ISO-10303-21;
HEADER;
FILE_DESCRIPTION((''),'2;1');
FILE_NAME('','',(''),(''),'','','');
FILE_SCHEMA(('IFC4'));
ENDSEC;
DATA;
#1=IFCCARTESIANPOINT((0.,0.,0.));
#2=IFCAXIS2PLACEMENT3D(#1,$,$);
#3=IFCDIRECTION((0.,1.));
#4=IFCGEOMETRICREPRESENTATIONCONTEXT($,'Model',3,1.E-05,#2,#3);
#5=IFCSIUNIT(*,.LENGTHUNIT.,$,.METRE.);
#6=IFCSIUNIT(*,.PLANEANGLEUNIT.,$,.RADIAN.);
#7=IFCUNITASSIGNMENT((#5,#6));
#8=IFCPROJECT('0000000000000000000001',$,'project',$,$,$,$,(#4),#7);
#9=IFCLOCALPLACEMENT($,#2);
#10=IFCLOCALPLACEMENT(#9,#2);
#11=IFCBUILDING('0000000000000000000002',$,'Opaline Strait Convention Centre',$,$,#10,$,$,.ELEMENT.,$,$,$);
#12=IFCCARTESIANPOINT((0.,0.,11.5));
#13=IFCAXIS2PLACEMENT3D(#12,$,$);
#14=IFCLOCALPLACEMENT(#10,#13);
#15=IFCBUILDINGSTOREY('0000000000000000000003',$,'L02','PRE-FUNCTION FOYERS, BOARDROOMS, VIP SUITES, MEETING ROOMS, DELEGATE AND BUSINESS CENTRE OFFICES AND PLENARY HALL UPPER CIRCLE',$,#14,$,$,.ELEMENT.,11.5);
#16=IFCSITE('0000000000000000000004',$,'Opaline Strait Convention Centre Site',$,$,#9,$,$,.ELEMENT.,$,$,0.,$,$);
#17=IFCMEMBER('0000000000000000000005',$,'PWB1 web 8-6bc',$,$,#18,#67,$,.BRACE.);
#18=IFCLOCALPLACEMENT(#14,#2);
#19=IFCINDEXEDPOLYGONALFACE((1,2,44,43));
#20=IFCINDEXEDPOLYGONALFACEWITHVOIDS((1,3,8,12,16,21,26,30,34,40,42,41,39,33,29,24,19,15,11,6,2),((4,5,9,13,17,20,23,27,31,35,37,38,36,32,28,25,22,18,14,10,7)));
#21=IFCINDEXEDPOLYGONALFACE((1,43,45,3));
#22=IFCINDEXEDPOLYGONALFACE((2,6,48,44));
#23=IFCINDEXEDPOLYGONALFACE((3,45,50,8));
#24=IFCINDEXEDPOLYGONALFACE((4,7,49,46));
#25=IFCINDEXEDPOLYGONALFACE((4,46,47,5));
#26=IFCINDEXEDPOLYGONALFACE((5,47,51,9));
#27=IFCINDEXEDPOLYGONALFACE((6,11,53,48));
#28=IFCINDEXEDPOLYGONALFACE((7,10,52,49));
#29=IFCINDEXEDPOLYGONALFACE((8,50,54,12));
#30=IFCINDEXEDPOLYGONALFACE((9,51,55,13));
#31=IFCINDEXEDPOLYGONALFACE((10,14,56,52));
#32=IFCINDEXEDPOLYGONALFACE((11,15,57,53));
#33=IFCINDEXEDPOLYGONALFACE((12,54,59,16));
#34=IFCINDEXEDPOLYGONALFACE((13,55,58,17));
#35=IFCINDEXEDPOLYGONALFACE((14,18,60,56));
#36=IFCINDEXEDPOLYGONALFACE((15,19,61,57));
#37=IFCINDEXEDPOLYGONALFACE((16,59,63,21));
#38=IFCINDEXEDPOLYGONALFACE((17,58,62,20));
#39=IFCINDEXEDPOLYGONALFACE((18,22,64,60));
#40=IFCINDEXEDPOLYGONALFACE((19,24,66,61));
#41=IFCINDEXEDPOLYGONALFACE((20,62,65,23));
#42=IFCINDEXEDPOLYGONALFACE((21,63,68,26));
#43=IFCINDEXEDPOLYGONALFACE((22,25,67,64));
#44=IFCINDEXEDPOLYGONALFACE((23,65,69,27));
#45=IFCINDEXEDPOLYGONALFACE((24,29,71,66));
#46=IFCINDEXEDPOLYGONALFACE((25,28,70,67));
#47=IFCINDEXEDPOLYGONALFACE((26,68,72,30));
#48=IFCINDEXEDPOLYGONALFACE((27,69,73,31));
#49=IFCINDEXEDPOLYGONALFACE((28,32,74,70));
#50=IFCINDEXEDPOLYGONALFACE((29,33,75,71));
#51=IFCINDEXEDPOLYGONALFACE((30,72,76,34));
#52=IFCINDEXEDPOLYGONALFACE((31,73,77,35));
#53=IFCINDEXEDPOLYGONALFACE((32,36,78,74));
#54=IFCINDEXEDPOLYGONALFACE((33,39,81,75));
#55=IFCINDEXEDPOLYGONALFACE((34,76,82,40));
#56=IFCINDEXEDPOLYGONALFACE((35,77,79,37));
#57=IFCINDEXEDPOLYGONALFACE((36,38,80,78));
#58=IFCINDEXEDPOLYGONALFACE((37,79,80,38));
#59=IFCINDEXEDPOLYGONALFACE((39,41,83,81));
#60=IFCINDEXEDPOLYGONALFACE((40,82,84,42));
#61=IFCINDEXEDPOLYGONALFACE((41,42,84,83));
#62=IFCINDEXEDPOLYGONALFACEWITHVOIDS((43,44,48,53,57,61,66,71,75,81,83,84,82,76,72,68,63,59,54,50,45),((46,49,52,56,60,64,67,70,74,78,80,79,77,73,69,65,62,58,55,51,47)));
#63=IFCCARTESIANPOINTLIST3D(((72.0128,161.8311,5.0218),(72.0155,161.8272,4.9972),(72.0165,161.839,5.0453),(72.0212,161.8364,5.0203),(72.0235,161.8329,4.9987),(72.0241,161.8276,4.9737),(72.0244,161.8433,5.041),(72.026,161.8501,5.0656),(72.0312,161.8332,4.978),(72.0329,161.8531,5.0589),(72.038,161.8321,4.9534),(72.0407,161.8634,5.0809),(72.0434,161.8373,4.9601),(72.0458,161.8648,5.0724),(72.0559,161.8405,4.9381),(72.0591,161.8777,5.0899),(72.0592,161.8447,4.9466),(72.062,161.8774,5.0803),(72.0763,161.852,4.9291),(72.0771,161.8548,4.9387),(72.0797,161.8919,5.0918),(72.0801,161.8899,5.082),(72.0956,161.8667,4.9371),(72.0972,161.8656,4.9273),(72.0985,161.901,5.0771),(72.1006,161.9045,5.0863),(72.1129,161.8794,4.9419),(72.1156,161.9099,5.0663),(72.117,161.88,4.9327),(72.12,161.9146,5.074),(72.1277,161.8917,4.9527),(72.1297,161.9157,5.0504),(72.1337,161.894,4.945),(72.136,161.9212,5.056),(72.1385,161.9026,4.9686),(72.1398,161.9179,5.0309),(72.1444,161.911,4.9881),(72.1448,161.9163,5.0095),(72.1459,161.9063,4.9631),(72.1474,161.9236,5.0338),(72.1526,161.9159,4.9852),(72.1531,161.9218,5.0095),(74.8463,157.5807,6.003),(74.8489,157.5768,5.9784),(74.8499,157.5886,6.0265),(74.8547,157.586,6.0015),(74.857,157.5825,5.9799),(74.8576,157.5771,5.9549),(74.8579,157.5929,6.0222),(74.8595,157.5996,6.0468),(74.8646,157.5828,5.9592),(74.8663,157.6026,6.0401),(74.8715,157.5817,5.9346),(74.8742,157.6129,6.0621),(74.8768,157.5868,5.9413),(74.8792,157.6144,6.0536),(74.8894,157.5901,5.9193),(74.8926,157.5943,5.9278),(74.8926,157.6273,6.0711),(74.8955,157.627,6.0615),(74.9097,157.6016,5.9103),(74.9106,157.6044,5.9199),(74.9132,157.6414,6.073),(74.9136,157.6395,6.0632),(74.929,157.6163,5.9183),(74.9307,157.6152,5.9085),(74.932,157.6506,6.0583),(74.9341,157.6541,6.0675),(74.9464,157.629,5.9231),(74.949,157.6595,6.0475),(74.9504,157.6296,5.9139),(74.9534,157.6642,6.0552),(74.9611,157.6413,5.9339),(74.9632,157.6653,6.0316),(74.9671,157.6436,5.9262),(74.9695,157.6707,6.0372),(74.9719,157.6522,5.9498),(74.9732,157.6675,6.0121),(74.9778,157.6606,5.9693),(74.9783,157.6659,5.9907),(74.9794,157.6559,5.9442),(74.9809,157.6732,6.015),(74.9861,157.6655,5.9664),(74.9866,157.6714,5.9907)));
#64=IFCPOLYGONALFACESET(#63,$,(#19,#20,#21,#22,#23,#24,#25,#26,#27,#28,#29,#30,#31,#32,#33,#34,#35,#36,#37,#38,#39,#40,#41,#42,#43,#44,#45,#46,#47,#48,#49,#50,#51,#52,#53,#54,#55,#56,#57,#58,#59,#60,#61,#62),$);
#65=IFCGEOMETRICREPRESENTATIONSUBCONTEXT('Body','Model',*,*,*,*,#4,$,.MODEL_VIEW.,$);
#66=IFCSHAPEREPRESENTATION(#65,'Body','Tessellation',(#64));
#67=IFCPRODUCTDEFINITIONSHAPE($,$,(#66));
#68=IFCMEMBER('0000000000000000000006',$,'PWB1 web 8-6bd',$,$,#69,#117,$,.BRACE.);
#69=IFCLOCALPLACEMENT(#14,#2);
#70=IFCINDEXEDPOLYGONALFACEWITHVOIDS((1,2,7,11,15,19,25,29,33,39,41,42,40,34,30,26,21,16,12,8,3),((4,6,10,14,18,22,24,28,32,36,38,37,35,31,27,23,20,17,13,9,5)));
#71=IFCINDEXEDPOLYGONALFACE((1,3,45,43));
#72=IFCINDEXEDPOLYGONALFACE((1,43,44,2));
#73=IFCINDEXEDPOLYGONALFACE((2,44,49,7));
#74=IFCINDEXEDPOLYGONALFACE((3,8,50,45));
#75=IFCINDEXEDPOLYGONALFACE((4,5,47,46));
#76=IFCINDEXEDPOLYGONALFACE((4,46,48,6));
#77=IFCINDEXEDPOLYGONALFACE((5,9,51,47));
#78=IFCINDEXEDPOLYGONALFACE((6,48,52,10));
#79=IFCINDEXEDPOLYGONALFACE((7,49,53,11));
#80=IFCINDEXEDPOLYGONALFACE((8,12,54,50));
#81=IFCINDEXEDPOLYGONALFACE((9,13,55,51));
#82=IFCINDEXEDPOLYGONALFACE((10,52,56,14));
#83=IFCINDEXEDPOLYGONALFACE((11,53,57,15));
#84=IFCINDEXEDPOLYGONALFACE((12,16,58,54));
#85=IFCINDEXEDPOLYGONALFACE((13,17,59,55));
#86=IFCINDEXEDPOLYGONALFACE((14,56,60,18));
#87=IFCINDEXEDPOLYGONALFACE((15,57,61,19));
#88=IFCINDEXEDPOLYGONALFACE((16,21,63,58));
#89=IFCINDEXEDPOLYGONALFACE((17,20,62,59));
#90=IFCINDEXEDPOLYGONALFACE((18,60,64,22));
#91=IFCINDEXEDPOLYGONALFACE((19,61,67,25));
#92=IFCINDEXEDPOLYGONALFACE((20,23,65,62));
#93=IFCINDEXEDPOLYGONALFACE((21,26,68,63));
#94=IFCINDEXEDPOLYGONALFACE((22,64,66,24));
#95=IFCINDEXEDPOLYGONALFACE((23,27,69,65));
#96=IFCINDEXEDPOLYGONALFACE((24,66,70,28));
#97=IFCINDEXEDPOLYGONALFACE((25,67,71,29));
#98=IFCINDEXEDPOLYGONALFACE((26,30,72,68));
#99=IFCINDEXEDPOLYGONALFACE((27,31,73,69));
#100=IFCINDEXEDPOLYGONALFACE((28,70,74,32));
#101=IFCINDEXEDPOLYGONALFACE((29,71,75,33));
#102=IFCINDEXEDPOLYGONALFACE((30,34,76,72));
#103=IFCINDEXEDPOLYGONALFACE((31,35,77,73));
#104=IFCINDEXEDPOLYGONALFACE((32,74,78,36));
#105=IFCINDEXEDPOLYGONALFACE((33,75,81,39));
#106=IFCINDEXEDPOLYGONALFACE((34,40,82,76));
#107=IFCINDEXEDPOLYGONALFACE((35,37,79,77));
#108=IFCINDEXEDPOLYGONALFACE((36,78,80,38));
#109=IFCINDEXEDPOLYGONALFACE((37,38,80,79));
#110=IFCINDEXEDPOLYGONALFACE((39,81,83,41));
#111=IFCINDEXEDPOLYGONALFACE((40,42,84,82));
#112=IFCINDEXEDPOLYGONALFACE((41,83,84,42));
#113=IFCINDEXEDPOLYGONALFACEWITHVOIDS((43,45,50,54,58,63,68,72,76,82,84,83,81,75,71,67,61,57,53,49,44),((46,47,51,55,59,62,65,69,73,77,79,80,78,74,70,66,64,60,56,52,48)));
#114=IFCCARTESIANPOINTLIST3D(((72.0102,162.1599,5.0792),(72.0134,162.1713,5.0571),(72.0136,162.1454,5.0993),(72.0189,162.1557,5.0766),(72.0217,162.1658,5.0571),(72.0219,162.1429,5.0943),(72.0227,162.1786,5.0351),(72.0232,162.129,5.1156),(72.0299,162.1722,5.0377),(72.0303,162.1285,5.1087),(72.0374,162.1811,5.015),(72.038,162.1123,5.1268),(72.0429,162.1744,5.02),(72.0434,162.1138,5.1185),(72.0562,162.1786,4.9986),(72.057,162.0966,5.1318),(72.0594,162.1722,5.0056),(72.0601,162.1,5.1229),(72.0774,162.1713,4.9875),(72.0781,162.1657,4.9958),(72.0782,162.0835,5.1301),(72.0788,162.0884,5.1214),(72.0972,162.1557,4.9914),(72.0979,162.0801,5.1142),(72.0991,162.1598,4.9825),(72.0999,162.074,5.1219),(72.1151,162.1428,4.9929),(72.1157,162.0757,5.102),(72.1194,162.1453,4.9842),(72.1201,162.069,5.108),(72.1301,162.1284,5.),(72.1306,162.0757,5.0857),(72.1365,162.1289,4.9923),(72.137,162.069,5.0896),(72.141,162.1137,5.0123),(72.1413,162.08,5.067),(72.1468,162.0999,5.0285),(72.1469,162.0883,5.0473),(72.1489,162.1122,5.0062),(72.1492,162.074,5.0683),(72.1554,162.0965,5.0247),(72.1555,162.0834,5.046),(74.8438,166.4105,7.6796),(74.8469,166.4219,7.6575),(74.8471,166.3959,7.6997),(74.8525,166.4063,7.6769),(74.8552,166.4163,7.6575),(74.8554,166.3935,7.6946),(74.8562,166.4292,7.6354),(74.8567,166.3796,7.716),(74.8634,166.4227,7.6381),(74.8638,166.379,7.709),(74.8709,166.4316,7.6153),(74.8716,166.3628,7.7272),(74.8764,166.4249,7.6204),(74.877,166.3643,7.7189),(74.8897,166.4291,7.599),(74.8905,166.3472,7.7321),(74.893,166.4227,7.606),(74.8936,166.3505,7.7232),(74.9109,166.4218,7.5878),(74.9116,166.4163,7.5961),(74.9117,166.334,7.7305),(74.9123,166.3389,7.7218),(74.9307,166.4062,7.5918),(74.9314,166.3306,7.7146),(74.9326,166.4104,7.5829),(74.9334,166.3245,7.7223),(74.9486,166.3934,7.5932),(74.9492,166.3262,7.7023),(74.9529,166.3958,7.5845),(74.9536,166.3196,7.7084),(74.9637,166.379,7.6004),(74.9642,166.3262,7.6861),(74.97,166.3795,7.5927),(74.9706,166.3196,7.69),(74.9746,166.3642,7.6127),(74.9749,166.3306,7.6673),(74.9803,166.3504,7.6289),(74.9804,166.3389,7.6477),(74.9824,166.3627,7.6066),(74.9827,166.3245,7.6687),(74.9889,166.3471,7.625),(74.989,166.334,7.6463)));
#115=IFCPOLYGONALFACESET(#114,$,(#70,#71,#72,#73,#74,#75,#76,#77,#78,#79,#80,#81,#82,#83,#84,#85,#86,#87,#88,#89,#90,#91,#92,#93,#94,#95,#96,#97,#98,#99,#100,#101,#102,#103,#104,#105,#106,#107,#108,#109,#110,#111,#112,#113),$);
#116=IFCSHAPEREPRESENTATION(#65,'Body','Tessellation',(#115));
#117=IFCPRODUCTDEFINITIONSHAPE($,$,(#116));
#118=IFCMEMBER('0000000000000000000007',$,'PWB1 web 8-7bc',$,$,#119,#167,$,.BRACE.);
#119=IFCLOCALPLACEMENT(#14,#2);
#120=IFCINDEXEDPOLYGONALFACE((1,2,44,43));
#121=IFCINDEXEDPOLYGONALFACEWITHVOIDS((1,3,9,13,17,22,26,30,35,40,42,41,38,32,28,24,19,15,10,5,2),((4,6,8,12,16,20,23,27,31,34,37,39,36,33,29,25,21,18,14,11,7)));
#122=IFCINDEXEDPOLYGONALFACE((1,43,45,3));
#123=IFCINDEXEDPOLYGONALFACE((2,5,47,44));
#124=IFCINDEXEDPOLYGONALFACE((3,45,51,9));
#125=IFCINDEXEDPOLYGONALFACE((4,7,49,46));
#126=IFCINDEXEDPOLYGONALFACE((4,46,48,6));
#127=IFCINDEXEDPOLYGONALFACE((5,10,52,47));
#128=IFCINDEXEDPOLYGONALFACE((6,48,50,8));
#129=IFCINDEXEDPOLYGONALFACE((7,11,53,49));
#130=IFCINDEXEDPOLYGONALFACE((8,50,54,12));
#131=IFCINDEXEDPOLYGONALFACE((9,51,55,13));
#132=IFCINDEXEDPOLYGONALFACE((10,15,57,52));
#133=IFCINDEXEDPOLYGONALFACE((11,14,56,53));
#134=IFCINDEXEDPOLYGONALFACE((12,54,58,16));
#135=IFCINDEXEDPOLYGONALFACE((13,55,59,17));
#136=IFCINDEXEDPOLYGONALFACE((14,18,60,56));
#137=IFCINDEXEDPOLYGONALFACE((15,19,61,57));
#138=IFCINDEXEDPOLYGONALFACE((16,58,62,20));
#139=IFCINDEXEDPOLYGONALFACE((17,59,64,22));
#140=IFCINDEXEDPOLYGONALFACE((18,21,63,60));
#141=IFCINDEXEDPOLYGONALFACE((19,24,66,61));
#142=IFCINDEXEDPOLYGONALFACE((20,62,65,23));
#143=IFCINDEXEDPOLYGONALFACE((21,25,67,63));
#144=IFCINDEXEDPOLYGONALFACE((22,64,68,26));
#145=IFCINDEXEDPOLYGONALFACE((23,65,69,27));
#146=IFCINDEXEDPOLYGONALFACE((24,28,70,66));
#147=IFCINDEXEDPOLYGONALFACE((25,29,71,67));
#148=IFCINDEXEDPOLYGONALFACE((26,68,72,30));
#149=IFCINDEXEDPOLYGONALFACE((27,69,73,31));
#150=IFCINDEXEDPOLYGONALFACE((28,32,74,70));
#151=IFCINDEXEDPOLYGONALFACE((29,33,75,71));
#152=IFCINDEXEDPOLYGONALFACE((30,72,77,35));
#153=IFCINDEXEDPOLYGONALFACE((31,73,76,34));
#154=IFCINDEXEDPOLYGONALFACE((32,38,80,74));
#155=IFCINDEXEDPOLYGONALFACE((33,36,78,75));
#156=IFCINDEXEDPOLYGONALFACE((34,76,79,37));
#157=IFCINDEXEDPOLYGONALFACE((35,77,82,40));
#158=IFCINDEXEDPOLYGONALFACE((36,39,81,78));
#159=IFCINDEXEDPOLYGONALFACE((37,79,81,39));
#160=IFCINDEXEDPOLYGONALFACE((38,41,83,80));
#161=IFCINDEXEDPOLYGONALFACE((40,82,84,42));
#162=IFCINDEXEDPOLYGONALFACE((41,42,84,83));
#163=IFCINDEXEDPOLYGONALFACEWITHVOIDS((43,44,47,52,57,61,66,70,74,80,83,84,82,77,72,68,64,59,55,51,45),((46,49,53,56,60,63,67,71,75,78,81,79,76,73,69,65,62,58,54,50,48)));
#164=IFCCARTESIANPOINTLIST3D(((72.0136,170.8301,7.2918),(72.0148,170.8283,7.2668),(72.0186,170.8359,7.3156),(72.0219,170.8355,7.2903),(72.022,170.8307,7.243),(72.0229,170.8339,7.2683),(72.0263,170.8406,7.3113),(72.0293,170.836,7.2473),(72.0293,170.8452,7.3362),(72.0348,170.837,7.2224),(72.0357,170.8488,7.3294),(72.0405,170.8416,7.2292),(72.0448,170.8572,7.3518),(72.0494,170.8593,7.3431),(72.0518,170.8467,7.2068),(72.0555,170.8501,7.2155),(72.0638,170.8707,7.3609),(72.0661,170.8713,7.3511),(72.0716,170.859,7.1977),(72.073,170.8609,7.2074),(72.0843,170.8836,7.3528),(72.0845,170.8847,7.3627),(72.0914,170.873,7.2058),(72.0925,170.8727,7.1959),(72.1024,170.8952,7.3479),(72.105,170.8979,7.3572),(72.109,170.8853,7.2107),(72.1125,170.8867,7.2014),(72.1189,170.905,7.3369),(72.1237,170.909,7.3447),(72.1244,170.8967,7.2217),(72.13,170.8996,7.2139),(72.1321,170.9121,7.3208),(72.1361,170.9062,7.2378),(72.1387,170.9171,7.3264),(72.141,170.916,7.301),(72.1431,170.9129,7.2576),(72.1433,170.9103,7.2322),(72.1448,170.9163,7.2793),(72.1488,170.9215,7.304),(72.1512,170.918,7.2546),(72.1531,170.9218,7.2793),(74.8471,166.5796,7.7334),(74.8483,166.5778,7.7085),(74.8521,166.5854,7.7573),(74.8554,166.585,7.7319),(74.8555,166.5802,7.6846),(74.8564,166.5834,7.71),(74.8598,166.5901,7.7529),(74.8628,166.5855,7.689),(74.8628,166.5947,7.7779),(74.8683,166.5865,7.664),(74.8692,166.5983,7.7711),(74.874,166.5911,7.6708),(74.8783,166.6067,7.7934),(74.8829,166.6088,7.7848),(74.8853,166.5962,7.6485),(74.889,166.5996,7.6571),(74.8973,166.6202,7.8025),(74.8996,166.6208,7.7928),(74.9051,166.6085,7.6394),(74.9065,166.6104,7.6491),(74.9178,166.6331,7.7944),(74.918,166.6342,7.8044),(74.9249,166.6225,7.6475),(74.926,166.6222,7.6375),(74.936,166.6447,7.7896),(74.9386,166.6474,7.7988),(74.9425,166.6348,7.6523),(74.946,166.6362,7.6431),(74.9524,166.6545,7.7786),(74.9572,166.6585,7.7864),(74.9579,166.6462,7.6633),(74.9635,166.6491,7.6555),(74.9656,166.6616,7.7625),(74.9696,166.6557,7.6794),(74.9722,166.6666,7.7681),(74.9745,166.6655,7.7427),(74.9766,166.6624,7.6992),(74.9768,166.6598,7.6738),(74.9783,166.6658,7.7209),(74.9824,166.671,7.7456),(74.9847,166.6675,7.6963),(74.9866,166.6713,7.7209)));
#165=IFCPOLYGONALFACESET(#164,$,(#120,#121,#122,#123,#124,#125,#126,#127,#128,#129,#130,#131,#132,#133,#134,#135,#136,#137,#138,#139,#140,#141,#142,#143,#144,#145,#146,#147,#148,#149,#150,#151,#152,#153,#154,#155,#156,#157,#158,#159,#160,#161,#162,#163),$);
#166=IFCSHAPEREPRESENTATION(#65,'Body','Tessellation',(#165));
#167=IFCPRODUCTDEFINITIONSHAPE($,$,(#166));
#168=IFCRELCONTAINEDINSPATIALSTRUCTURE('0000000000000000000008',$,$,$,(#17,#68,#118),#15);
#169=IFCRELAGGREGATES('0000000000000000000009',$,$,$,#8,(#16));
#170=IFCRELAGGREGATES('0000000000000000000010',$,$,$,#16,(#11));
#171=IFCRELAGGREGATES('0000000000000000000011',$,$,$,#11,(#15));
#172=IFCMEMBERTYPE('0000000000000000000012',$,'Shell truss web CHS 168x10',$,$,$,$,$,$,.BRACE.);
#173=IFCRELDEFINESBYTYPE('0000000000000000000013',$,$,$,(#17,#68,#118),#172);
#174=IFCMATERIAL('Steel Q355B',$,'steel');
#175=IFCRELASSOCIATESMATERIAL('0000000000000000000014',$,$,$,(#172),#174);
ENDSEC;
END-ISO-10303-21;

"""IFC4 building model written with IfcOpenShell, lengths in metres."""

from ifc_helpers import new_model, si_unit, direction, frame, origin, origin_2d, place, context, subcontext, project, spatial, hollow_circle, extrude, material, material_profile, profile_set, type_object, element, save


model = new_model("IFC4")

# Units and contexts
model_context = context("Model", 3, precision=1e-05, world=origin(), true_north=direction((0.0, 1.0)))
body_context = subcontext(model_context, "Body", "Model", "MODEL_VIEW")
ifc_project = project(units=[si_unit("LENGTHUNIT", "METRE"), si_unit("PLANEANGLEUNIT", "RADIAN")], contexts=[model_context])

# Site, building, storey
site_placement = place(None, origin())
site = spatial("IfcSite", under=ifc_project, at=site_placement, Name="Opaline Strait Convention Centre Site", CompositionType="ELEMENT", RefElevation=0.0)
building_placement = place(site_placement, origin())
building = spatial("IfcBuilding", under=site, at=building_placement, Name="Opaline Strait Convention Centre", CompositionType="ELEMENT")
storey_placement = place(building_placement, frame((0.0, 0.0, 11.5)))
storey = spatial("IfcBuildingStorey", under=building, at=storey_placement, Name="L02", Description="PRE-FUNCTION FOYERS, BOARDROOMS, VIP SUITES, MEETING ROOMS, DELEGATE AND BUSINESS CENTRE OFFICES AND PLENARY HALL UPPER CIRCLE", CompositionType="ELEMENT", Elevation=11.5)

# Members
ifc_material_1 = material(Name="Steel Q355B", Category="steel")
ifc_material_profile_1 = material_profile(ifc_material_1, hollow_circle(Radius=0.084, WallThickness=0.01, at=origin_2d()), Name="CHS 168x10")
ifc_profile_set_1 = profile_set([ifc_material_profile_1], Name="Steel Q355B")
member_type_1 = type_object("IfcMemberType", Name="Shell truss web CHS 168x10", PredefinedType="BRACE", material=ifc_profile_set_1)
member_1_placement = place(storey_placement, frame((72.0833, 161.8752, 5.0095), z_axis=(0.544721, -0.817128, 0.188629), x_axis=(0.832065, 0.554678, 0.0)))
element("IfcMember", 1, at=member_1_placement, inside=storey, type_object=member_type_1, Name="PWB1 web 8-6bc", PredefinedType="BRACE", context=body_context, shape_type="SweptSolid", body=[
    extrude(hollow_circle(Radius=0.084, WallThickness=0.01, at=origin_2d()), origin(), (0.0, 0.0, 1.0), 5.2017),
])
member_2_placement = place(storey_placement, frame((72.0833, 162.1248, 5.0571), z_axis=(0.49432, 0.741522, 0.453644), x_axis=(-0.832065, 0.554678, 0.0)))
element("IfcMember", 2, at=member_2_placement, inside=storey, type_object=member_type_1, Name="PWB1 web 8-6bd", PredefinedType="BRACE", context=body_context, shape_type="SweptSolid", body=[
    extrude(hollow_circle(Radius=0.084, WallThickness=0.01, at=origin_2d()), origin(), (0.0, 0.0, 1.0), 5.7322),
])
member_3_placement = place(storey_placement, frame((72.0833, 170.8752, 7.2793), z_axis=(0.552617, -0.828973, 0.086135), x_axis=(0.832065, 0.554678, 0.0)))
element("IfcMember", 3, at=member_3_placement, inside=storey, type_object=member_type_1, Name="PWB1 web 8-7bc", PredefinedType="BRACE", context=body_context, shape_type="SweptSolid", body=[
    extrude(hollow_circle(Radius=0.084, WallThickness=0.01, at=origin_2d()), origin(), (0.0, 0.0, 1.0), 5.1274),
])

save(model, "model.ifc")
